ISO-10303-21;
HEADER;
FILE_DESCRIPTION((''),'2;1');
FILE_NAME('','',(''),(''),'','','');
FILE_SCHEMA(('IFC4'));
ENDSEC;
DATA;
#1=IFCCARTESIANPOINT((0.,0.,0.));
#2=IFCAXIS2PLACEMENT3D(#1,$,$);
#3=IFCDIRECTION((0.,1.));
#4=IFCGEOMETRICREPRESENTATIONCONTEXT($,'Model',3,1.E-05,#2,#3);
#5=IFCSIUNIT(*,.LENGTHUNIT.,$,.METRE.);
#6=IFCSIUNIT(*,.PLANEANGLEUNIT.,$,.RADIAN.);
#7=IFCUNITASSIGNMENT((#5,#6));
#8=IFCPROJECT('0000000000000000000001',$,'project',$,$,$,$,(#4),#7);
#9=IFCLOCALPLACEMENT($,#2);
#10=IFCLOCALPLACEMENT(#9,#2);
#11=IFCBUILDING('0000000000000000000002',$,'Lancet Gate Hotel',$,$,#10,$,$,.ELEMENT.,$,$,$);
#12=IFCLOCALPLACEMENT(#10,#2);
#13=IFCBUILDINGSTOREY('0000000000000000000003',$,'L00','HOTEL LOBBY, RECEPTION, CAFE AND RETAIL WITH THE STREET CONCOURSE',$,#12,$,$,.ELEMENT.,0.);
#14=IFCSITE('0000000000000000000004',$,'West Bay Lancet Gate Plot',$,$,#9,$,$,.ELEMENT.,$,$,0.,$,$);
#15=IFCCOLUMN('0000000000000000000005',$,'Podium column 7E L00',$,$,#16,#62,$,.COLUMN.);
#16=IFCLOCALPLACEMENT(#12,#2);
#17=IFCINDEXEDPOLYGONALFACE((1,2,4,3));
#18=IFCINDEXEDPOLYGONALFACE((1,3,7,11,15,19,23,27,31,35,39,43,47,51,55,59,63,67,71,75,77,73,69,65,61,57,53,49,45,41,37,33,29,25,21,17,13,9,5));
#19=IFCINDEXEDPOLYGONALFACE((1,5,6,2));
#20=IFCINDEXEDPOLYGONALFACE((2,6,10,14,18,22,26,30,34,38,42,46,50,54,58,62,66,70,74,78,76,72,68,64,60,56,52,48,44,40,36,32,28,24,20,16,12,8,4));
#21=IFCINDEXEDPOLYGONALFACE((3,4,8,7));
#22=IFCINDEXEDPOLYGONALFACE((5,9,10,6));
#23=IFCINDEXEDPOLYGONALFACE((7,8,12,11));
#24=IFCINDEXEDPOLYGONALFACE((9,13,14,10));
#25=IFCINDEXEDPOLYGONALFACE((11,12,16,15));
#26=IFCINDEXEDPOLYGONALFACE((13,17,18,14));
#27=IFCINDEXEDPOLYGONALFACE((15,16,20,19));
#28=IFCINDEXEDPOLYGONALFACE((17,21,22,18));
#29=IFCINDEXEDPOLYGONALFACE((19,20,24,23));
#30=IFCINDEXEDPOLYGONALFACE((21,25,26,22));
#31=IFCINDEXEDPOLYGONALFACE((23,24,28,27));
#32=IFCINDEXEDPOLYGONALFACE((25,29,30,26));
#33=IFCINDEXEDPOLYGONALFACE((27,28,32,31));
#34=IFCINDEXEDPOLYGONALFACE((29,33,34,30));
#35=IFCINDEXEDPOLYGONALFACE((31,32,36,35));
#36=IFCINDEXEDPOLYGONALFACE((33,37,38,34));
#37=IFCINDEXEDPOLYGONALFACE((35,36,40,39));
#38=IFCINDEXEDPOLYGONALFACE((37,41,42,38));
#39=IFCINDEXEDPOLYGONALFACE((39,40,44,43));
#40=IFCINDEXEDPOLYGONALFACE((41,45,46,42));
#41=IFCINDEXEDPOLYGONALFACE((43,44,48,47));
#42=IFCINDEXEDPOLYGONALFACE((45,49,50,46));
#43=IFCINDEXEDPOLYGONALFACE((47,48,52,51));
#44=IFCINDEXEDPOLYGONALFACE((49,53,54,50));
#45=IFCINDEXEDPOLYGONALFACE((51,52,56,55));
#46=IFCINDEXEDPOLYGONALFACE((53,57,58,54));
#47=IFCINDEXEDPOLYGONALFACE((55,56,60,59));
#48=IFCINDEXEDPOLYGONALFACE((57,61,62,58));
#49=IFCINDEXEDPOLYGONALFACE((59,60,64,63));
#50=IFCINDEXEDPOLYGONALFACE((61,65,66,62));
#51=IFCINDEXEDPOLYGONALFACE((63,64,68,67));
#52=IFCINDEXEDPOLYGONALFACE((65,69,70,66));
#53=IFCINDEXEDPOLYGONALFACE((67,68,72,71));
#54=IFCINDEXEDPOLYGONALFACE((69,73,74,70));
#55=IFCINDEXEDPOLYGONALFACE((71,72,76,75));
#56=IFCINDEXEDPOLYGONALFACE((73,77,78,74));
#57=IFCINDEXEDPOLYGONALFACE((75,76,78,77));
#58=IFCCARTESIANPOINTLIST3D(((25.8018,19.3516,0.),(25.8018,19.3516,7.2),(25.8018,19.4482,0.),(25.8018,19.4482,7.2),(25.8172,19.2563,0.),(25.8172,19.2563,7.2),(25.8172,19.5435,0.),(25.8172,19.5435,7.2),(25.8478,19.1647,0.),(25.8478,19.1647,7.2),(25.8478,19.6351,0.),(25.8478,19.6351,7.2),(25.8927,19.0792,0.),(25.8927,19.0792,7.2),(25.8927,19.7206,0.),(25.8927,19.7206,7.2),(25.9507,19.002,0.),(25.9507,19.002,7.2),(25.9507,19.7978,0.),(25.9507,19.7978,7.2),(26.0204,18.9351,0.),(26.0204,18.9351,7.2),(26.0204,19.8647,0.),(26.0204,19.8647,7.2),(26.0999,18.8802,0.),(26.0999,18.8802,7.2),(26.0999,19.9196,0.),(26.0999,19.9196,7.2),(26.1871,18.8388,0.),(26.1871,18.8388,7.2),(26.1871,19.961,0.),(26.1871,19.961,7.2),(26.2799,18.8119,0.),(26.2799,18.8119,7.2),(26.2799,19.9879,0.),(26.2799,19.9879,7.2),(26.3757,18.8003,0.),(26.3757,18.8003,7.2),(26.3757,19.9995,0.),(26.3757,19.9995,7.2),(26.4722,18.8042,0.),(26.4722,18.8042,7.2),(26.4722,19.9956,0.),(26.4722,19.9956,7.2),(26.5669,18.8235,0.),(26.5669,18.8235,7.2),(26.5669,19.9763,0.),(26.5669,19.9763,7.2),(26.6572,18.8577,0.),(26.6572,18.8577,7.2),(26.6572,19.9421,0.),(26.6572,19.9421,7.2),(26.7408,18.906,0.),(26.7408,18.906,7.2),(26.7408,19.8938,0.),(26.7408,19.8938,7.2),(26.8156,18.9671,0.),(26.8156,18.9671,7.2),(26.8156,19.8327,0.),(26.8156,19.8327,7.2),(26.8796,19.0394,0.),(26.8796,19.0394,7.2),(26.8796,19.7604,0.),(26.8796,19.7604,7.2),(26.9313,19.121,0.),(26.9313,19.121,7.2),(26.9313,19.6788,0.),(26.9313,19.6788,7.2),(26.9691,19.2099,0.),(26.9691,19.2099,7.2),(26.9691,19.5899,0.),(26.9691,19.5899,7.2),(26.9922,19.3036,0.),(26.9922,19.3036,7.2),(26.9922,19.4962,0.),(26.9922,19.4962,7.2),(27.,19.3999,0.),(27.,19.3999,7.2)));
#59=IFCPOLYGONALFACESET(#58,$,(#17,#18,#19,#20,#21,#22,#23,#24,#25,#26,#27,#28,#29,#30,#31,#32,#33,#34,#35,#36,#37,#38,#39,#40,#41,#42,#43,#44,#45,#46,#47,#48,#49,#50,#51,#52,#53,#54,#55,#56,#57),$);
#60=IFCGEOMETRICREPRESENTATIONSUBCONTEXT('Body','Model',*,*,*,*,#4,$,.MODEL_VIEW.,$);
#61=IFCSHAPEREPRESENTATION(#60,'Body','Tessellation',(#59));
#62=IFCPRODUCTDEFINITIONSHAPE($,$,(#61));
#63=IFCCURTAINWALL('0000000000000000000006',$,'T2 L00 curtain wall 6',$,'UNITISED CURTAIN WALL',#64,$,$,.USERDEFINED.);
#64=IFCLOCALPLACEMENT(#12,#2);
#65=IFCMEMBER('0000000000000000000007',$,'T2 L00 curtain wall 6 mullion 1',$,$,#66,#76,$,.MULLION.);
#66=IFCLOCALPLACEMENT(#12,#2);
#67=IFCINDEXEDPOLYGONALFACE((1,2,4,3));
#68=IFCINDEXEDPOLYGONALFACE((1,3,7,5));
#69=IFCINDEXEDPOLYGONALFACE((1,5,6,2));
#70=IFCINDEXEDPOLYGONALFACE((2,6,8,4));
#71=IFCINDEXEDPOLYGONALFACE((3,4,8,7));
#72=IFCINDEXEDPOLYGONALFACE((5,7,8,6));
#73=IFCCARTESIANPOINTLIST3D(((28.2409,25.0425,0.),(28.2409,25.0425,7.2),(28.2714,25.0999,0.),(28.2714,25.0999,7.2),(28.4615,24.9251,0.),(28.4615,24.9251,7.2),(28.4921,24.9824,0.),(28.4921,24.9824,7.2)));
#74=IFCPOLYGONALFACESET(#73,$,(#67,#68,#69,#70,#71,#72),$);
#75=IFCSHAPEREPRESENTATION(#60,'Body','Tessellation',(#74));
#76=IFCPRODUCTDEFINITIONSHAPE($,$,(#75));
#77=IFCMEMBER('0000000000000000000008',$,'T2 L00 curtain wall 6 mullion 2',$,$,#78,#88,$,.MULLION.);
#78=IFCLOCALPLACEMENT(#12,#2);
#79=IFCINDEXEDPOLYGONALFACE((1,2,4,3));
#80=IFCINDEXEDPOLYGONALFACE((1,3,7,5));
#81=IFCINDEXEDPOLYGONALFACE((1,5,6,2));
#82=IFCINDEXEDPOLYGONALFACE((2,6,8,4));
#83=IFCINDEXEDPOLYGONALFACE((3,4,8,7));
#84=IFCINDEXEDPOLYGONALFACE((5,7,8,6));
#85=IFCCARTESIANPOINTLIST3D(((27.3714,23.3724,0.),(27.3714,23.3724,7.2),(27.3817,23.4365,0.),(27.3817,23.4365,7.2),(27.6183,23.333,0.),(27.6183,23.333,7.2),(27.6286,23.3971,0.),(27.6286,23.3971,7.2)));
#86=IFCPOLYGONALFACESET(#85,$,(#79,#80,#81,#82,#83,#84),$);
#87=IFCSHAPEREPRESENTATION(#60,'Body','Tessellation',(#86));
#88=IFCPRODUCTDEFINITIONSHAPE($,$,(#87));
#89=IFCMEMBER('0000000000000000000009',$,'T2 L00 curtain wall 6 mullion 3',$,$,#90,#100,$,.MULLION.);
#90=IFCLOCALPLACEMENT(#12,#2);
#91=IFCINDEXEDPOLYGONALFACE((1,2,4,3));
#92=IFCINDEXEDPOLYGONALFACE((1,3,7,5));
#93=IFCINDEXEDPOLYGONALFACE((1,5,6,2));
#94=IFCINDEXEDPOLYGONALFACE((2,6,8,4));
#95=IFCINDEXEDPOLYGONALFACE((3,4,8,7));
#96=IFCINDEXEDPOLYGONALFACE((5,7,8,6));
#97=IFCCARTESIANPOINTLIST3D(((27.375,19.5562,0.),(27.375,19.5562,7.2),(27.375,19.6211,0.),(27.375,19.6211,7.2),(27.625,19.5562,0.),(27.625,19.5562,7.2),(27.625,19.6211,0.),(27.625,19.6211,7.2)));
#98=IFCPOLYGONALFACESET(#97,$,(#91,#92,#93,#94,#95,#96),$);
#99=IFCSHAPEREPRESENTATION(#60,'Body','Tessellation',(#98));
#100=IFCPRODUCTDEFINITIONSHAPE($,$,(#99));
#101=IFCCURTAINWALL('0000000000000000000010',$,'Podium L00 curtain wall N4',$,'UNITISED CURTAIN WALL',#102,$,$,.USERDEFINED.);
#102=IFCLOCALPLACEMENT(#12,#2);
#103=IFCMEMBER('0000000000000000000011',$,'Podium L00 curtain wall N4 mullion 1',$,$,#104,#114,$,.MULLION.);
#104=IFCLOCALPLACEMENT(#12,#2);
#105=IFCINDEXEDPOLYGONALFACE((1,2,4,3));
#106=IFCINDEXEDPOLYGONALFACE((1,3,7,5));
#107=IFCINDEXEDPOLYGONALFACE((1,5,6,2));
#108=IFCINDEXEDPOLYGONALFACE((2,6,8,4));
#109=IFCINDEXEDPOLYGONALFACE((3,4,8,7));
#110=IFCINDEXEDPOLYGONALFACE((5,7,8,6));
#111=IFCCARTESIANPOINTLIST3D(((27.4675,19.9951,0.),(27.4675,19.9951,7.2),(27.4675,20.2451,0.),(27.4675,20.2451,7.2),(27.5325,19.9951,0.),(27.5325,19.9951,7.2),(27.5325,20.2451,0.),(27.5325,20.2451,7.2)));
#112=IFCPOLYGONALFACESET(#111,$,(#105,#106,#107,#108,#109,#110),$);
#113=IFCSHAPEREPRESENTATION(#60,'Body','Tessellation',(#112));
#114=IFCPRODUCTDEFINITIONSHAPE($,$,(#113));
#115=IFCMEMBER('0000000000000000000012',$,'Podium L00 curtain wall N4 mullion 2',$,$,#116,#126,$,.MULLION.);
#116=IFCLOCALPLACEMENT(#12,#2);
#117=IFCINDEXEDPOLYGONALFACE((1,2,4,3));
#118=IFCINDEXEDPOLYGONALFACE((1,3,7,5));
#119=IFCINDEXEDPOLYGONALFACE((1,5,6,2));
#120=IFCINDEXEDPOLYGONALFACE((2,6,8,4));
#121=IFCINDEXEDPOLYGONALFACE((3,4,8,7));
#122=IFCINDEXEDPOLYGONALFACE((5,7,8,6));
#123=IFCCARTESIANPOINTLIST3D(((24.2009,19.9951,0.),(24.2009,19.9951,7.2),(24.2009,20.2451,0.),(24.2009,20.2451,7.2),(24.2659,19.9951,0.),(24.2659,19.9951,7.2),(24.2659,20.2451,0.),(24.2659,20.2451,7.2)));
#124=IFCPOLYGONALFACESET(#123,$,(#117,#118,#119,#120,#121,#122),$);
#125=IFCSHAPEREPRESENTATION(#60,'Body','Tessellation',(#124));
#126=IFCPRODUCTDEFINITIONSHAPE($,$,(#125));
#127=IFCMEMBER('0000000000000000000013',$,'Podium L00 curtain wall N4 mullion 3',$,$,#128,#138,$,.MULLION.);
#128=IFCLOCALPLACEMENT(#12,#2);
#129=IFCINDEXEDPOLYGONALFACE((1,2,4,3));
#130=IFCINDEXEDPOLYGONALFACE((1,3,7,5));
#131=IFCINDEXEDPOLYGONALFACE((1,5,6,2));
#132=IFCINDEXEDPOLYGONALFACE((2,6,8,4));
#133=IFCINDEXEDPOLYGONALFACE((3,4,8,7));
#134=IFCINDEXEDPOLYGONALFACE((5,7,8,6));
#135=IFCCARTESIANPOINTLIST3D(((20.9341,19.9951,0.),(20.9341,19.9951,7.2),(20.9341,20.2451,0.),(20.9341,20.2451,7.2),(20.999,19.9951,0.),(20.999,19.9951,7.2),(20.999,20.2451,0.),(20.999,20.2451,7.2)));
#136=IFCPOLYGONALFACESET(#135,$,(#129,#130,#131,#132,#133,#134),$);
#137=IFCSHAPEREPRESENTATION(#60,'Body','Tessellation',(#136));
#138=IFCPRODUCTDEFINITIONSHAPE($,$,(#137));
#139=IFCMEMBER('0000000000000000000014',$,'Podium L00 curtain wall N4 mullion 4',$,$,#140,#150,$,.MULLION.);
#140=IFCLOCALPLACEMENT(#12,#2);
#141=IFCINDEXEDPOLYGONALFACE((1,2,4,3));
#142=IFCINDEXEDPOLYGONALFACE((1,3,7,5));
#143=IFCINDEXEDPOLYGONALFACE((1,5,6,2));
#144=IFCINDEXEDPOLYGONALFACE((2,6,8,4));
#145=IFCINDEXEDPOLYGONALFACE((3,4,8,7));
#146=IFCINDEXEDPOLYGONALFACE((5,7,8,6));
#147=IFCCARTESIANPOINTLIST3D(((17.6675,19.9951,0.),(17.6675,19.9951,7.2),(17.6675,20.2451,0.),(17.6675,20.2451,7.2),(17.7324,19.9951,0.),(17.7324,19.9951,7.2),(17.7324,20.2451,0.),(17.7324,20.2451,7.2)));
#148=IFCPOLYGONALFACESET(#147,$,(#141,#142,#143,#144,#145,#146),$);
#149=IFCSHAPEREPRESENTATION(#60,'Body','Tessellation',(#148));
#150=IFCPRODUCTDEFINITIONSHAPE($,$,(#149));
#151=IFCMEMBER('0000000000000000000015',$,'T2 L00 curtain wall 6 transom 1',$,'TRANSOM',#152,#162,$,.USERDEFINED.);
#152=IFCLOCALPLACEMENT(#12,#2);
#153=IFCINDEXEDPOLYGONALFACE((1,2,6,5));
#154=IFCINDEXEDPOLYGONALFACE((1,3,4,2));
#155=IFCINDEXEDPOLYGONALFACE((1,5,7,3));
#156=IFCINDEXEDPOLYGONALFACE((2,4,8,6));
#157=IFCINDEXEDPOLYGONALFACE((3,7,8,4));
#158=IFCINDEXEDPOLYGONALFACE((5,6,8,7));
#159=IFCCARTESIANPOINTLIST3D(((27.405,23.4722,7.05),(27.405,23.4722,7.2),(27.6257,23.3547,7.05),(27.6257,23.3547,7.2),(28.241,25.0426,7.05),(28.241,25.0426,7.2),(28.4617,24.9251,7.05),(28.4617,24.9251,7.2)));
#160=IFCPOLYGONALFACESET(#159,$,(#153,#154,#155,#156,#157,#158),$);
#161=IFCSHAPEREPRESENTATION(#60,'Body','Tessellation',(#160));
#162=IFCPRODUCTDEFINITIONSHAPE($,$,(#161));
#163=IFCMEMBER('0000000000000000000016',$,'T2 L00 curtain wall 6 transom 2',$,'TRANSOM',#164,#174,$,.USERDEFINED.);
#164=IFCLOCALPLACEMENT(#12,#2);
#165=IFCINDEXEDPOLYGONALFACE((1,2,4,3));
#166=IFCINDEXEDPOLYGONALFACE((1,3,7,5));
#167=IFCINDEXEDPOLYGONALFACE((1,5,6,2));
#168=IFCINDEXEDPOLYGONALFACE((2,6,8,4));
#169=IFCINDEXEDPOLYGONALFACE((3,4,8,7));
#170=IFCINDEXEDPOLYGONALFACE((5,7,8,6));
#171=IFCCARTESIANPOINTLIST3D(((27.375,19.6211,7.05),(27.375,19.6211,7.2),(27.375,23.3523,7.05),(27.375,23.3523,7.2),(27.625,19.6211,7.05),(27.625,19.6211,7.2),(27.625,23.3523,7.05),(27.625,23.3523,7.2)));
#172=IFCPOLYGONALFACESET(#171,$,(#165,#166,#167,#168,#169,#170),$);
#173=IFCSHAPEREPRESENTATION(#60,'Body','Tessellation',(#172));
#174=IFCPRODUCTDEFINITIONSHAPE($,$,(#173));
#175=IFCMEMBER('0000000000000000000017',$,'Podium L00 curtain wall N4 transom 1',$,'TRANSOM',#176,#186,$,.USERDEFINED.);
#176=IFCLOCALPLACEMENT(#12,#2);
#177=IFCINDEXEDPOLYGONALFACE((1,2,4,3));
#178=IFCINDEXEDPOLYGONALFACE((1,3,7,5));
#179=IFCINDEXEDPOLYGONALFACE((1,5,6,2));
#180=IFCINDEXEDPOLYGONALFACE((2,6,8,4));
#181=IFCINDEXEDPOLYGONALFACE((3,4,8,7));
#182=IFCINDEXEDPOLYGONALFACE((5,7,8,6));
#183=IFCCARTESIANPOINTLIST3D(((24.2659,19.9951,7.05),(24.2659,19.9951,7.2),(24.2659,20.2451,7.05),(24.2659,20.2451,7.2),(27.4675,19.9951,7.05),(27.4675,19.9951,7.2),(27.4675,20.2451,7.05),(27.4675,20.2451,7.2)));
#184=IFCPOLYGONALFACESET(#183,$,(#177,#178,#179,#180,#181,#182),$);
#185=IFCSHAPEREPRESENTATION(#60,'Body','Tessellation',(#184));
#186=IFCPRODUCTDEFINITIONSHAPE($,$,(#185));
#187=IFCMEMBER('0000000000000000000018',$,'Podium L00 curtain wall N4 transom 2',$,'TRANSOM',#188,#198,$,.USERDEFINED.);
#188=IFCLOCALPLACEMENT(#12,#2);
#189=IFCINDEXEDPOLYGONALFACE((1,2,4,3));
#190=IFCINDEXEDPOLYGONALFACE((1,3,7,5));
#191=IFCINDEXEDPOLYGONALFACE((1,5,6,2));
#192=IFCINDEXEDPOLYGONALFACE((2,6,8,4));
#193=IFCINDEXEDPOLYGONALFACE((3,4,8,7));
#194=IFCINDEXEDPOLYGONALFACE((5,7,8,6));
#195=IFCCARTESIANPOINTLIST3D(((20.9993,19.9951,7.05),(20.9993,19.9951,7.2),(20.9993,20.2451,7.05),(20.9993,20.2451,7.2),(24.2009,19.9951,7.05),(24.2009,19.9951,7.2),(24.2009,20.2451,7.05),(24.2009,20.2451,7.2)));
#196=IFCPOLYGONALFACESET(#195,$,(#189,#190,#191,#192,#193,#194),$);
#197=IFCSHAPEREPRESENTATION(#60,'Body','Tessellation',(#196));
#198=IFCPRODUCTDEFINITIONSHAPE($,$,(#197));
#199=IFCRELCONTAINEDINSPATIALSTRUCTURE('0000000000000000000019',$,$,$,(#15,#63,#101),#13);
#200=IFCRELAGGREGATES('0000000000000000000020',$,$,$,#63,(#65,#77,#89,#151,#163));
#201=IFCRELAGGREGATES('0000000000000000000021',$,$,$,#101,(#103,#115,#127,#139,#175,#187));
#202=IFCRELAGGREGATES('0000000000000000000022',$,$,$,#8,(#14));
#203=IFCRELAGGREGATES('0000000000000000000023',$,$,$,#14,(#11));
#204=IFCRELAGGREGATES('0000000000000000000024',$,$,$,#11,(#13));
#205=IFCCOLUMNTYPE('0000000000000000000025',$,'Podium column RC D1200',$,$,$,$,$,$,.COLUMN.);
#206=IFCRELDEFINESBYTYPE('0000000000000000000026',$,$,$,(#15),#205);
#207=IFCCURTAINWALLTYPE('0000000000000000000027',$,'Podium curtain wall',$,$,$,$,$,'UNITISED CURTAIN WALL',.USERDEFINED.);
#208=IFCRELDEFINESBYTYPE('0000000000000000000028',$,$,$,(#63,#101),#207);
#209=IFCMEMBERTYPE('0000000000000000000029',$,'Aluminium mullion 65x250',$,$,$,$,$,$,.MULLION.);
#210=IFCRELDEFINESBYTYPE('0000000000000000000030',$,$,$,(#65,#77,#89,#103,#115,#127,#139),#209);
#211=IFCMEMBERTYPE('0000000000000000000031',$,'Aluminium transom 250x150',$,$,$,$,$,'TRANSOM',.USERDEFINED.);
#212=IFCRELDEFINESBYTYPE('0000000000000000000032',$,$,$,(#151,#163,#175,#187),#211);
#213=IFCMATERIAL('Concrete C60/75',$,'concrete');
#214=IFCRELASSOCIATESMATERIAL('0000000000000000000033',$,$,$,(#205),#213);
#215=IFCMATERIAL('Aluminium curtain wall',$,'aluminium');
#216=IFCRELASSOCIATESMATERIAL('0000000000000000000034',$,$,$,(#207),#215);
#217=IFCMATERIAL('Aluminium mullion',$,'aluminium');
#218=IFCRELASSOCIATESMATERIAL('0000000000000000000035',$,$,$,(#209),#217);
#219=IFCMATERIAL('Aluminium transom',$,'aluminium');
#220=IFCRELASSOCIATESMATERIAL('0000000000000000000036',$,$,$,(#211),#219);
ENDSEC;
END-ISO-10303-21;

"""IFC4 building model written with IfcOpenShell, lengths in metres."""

from ifc_helpers import new_model, si_unit, direction, frame, origin, origin_2d, place, context, subcontext, project, spatial, rectangle, circle, extrude, material, material_profile, profile_set, type_object, element, aggregate, save


model = new_model("IFC4")

# Units and contexts
model_context = context("Model", 3, precision=1e-05, world=origin(), true_north=direction((0.0, 1.0)))
body_context = subcontext(model_context, "Body", "Model", "MODEL_VIEW")
ifc_project = project(units=[si_unit("LENGTHUNIT", "METRE"), si_unit("PLANEANGLEUNIT", "RADIAN")], contexts=[model_context])

# Site, building, storey
site_placement = place(None, origin())
site = spatial("IfcSite", under=ifc_project, at=site_placement, Name="West Bay Lancet Gate Plot", CompositionType="ELEMENT", RefElevation=0.0)
building_placement = place(site_placement, origin())
building = spatial("IfcBuilding", under=site, at=building_placement, Name="Lancet Gate Hotel", CompositionType="ELEMENT")
storey_placement = place(building_placement, origin())
storey = spatial("IfcBuildingStorey", under=building, at=storey_placement, Name="L00", Description="HOTEL LOBBY, RECEPTION, CAFE AND RETAIL WITH THE STREET CONCOURSE", CompositionType="ELEMENT", Elevation=0.0)

# Column
ifc_material_1 = material(Name="Concrete C60/75", Category="concrete")
ifc_material_profile_1 = material_profile(ifc_material_1, circle(Radius=0.6001, at=origin_2d()), Name="RC D1200")
ifc_profile_set_1 = profile_set([ifc_material_profile_1], Name="Concrete C60/75")
column_type_1 = type_object("IfcColumnType", Name="Podium column RC D1200", PredefinedType="COLUMN", material=ifc_profile_set_1)
for number, where, z_axis, x_axis, name in (
    (1, (26.3999, 19.3999, 0.0), (0.0, 0.0, 1.0), (1.0, 0.0, 0.0), "Podium column 7E L00"),
):
    element("IfcColumn", number, at=place(storey_placement, frame(where, z_axis=z_axis, x_axis=x_axis)), inside=storey, type_object=column_type_1, Name=name, PredefinedType="COLUMN", context=body_context, shape_type="SweptSolid", body=[
        extrude(circle(Radius=0.6001, at=origin_2d()), origin(), (0.0, 0.0, 1.0), 7.2),
    ])

# Curtain walls, members
ifc_material_2 = material(Name="Aluminium curtain wall", Category="aluminium")
curtain_wall_type = type_object("IfcCurtainWallType", Name="Podium curtain wall", ElementType="UNITISED CURTAIN WALL", PredefinedType="USERDEFINED", material=ifc_material_2)
curtain_wall_1_placement = place(storey_placement, origin())
curtain_wall_1 = element("IfcCurtainWall", 2, at=curtain_wall_1_placement, inside=storey, type_object=curtain_wall_type, Name="T2 L00 curtain wall 6", ObjectType="UNITISED CURTAIN WALL", PredefinedType="USERDEFINED")
ifc_material_3 = material(Name="Aluminium mullion", Category="aluminium")
ifc_material_profile_2 = material_profile(ifc_material_3, rectangle(XDim=0.0649, YDim=0.25, at=origin_2d()), Name="MULLION 65x250")
ifc_profile_set_2 = profile_set([ifc_material_profile_2], Name="Aluminium mullion")
member_type_1 = type_object("IfcMemberType", Name="Aluminium mullion 65x250", PredefinedType="MULLION", material=ifc_profile_set_2)
member_1_placement = place(storey_placement, frame((28.3665, 25.0125, 0.0), z_axis=(0.0, 0.0, 1.0), x_axis=(-0.469898, -0.882721, 0.0)))
member_1 = element("IfcMember", 3, at=member_1_placement, type_object=member_type_1, Name="T2 L00 curtain wall 6 mullion 1", PredefinedType="MULLION", context=body_context, shape_type="SweptSolid", body=[
    extrude(rectangle(XDim=0.0649, YDim=0.25, at=origin_2d()), origin(), (0.0, 0.0, 1.0), 7.2),
])
member_2_placement = place(storey_placement, frame((27.5, 23.3848, 0.0), z_axis=(0.0, 0.0, 1.0), x_axis=(-0.157752, -0.987479, 0.0)))
member_2 = element("IfcMember", 4, at=member_2_placement, type_object=member_type_1, Name="T2 L00 curtain wall 6 mullion 2", PredefinedType="MULLION", context=body_context, shape_type="SweptSolid", body=[
    extrude(rectangle(XDim=0.0649, YDim=0.25, at=origin_2d()), origin(), (0.0, 0.0, 1.0), 7.2),
])
member_3_placement = place(storey_placement, frame((27.5, 19.5886, 0.0), z_axis=(0.0, 0.0, 1.0), x_axis=(0.0, -1.0, 0.0)))
member_3 = element("IfcMember", 5, at=member_3_placement, type_object=member_type_1, Name="T2 L00 curtain wall 6 mullion 3", PredefinedType="MULLION", context=body_context, shape_type="SweptSolid", body=[
    extrude(rectangle(XDim=0.0649, YDim=0.25, at=origin_2d()), origin(), (0.0, 0.0, 1.0), 7.2),
])
curtain_wall_2_placement = place(storey_placement, origin())
curtain_wall_2 = element("IfcCurtainWall", 6, at=curtain_wall_2_placement, inside=storey, type_object=curtain_wall_type, Name="Podium L00 curtain wall N4", ObjectType="UNITISED CURTAIN WALL", PredefinedType="USERDEFINED")
member_4_placement = place(storey_placement, frame((27.5, 20.1201, 0.0), z_axis=(0.0, 0.0, 1.0), x_axis=(-1.0, 0.0, 0.0)))
member_4 = element("IfcMember", 7, at=member_4_placement, type_object=member_type_1, Name="Podium L00 curtain wall N4 mullion 1", PredefinedType="MULLION", context=body_context, shape_type="SweptSolid", body=[
    extrude(rectangle(XDim=0.0649, YDim=0.25, at=origin_2d()), origin(), (0.0, 0.0, 1.0), 7.2),
])
member_5_placement = place(storey_placement, frame((24.2334, 20.1201, 0.0), z_axis=(0.0, 0.0, 1.0), x_axis=(-1.0, 0.0, 0.0)))
member_5 = element("IfcMember", 8, at=member_5_placement, type_object=member_type_1, Name="Podium L00 curtain wall N4 mullion 2", PredefinedType="MULLION", context=body_context, shape_type="SweptSolid", body=[
    extrude(rectangle(XDim=0.0649, YDim=0.25, at=origin_2d()), origin(), (0.0, 0.0, 1.0), 7.2),
])
member_6_placement = place(storey_placement, frame((20.9666, 20.1201, 0.0), z_axis=(0.0, 0.0, 1.0), x_axis=(-1.0, 0.0, 0.0)))
member_6 = element("IfcMember", 9, at=member_6_placement, type_object=member_type_1, Name="Podium L00 curtain wall N4 mullion 3", PredefinedType="MULLION", context=body_context, shape_type="SweptSolid", body=[
    extrude(rectangle(XDim=0.0649, YDim=0.25, at=origin_2d()), origin(), (0.0, 0.0, 1.0), 7.2),
])
member_7_placement = place(storey_placement, frame((17.7, 20.1201, 0.0), z_axis=(0.0, 0.0, 1.0), x_axis=(-1.0, 0.0, 0.0)))
member_7 = element("IfcMember", 10, at=member_7_placement, type_object=member_type_1, Name="Podium L00 curtain wall N4 mullion 4", PredefinedType="MULLION", context=body_context, shape_type="SweptSolid", body=[
    extrude(rectangle(XDim=0.0649, YDim=0.25, at=origin_2d()), origin(), (0.0, 0.0, 1.0), 7.2),
])

# Members
ifc_material_4 = material(Name="Aluminium transom", Category="aluminium")
ifc_material_profile_3 = material_profile(ifc_material_4, rectangle(XDim=0.25, YDim=0.1499, at=origin_2d()), Name="TRANSOM 250x150")
ifc_profile_set_3 = profile_set([ifc_material_profile_3], Name="Aluminium transom")
member_type_2 = type_object("IfcMemberType", Name="Aluminium transom 250x150", ElementType="TRANSOM", PredefinedType="USERDEFINED", material=ifc_profile_set_3)
member_8_placement = place(storey_placement, frame((28.3513, 24.9839, 7.125), z_axis=(-0.469904, -0.882717, 0.0), x_axis=(0.882717, -0.469904, 0.0)))
member_8 = element("IfcMember", 11, at=member_8_placement, type_object=member_type_2, Name="T2 L00 curtain wall 6 transom 1", ObjectType="TRANSOM", PredefinedType="USERDEFINED", context=body_context, shape_type="SweptSolid", body=[
    extrude(rectangle(XDim=0.25, YDim=0.1499, at=origin_2d()), origin(), (0.0, 0.0, 1.0), 1.7791),
])
member_9_placement = place(storey_placement, frame((27.5, 23.3523, 7.125), z_axis=(0.0, -1.0, 0.0), x_axis=(1.0, 0.0, 0.0)))
member_9 = element("IfcMember", 12, at=member_9_placement, type_object=member_type_2, Name="T2 L00 curtain wall 6 transom 2", ObjectType="TRANSOM", PredefinedType="USERDEFINED", context=body_context, shape_type="SweptSolid", body=[
    extrude(rectangle(XDim=0.25, YDim=0.1499, at=origin_2d()), origin(), (0.0, 0.0, 1.0), 3.7312),
])
member_10_placement = place(storey_placement, frame((27.4675, 20.1201, 7.125), z_axis=(-1.0, 0.0, 0.0), x_axis=(0.0, -1.0, 0.0)))
member_10 = element("IfcMember", 13, at=member_10_placement, type_object=member_type_2, Name="Podium L00 curtain wall N4 transom 1", ObjectType="TRANSOM", PredefinedType="USERDEFINED", context=body_context, shape_type="SweptSolid", body=[
    extrude(rectangle(XDim=0.25, YDim=0.1499, at=origin_2d()), origin(), (0.0, 0.0, 1.0), 3.2017),
])
member_11_placement = place(storey_placement, frame((24.2009, 20.1201, 7.125), z_axis=(-1.0, 0.0, 0.0), x_axis=(0.0, -1.0, 0.0)))
member_11 = element("IfcMember", 14, at=member_11_placement, type_object=member_type_2, Name="Podium L00 curtain wall N4 transom 2", ObjectType="TRANSOM", PredefinedType="USERDEFINED", context=body_context, shape_type="SweptSolid", body=[
    extrude(rectangle(XDim=0.25, YDim=0.1499, at=origin_2d()), origin(), (0.0, 0.0, 1.0), 3.2017),
])

aggregate(curtain_wall_1, [member_1, member_2, member_3, member_8, member_9])
aggregate(curtain_wall_2, [member_4, member_5, member_6, member_7, member_10, member_11])

save(model, "model.ifc")
